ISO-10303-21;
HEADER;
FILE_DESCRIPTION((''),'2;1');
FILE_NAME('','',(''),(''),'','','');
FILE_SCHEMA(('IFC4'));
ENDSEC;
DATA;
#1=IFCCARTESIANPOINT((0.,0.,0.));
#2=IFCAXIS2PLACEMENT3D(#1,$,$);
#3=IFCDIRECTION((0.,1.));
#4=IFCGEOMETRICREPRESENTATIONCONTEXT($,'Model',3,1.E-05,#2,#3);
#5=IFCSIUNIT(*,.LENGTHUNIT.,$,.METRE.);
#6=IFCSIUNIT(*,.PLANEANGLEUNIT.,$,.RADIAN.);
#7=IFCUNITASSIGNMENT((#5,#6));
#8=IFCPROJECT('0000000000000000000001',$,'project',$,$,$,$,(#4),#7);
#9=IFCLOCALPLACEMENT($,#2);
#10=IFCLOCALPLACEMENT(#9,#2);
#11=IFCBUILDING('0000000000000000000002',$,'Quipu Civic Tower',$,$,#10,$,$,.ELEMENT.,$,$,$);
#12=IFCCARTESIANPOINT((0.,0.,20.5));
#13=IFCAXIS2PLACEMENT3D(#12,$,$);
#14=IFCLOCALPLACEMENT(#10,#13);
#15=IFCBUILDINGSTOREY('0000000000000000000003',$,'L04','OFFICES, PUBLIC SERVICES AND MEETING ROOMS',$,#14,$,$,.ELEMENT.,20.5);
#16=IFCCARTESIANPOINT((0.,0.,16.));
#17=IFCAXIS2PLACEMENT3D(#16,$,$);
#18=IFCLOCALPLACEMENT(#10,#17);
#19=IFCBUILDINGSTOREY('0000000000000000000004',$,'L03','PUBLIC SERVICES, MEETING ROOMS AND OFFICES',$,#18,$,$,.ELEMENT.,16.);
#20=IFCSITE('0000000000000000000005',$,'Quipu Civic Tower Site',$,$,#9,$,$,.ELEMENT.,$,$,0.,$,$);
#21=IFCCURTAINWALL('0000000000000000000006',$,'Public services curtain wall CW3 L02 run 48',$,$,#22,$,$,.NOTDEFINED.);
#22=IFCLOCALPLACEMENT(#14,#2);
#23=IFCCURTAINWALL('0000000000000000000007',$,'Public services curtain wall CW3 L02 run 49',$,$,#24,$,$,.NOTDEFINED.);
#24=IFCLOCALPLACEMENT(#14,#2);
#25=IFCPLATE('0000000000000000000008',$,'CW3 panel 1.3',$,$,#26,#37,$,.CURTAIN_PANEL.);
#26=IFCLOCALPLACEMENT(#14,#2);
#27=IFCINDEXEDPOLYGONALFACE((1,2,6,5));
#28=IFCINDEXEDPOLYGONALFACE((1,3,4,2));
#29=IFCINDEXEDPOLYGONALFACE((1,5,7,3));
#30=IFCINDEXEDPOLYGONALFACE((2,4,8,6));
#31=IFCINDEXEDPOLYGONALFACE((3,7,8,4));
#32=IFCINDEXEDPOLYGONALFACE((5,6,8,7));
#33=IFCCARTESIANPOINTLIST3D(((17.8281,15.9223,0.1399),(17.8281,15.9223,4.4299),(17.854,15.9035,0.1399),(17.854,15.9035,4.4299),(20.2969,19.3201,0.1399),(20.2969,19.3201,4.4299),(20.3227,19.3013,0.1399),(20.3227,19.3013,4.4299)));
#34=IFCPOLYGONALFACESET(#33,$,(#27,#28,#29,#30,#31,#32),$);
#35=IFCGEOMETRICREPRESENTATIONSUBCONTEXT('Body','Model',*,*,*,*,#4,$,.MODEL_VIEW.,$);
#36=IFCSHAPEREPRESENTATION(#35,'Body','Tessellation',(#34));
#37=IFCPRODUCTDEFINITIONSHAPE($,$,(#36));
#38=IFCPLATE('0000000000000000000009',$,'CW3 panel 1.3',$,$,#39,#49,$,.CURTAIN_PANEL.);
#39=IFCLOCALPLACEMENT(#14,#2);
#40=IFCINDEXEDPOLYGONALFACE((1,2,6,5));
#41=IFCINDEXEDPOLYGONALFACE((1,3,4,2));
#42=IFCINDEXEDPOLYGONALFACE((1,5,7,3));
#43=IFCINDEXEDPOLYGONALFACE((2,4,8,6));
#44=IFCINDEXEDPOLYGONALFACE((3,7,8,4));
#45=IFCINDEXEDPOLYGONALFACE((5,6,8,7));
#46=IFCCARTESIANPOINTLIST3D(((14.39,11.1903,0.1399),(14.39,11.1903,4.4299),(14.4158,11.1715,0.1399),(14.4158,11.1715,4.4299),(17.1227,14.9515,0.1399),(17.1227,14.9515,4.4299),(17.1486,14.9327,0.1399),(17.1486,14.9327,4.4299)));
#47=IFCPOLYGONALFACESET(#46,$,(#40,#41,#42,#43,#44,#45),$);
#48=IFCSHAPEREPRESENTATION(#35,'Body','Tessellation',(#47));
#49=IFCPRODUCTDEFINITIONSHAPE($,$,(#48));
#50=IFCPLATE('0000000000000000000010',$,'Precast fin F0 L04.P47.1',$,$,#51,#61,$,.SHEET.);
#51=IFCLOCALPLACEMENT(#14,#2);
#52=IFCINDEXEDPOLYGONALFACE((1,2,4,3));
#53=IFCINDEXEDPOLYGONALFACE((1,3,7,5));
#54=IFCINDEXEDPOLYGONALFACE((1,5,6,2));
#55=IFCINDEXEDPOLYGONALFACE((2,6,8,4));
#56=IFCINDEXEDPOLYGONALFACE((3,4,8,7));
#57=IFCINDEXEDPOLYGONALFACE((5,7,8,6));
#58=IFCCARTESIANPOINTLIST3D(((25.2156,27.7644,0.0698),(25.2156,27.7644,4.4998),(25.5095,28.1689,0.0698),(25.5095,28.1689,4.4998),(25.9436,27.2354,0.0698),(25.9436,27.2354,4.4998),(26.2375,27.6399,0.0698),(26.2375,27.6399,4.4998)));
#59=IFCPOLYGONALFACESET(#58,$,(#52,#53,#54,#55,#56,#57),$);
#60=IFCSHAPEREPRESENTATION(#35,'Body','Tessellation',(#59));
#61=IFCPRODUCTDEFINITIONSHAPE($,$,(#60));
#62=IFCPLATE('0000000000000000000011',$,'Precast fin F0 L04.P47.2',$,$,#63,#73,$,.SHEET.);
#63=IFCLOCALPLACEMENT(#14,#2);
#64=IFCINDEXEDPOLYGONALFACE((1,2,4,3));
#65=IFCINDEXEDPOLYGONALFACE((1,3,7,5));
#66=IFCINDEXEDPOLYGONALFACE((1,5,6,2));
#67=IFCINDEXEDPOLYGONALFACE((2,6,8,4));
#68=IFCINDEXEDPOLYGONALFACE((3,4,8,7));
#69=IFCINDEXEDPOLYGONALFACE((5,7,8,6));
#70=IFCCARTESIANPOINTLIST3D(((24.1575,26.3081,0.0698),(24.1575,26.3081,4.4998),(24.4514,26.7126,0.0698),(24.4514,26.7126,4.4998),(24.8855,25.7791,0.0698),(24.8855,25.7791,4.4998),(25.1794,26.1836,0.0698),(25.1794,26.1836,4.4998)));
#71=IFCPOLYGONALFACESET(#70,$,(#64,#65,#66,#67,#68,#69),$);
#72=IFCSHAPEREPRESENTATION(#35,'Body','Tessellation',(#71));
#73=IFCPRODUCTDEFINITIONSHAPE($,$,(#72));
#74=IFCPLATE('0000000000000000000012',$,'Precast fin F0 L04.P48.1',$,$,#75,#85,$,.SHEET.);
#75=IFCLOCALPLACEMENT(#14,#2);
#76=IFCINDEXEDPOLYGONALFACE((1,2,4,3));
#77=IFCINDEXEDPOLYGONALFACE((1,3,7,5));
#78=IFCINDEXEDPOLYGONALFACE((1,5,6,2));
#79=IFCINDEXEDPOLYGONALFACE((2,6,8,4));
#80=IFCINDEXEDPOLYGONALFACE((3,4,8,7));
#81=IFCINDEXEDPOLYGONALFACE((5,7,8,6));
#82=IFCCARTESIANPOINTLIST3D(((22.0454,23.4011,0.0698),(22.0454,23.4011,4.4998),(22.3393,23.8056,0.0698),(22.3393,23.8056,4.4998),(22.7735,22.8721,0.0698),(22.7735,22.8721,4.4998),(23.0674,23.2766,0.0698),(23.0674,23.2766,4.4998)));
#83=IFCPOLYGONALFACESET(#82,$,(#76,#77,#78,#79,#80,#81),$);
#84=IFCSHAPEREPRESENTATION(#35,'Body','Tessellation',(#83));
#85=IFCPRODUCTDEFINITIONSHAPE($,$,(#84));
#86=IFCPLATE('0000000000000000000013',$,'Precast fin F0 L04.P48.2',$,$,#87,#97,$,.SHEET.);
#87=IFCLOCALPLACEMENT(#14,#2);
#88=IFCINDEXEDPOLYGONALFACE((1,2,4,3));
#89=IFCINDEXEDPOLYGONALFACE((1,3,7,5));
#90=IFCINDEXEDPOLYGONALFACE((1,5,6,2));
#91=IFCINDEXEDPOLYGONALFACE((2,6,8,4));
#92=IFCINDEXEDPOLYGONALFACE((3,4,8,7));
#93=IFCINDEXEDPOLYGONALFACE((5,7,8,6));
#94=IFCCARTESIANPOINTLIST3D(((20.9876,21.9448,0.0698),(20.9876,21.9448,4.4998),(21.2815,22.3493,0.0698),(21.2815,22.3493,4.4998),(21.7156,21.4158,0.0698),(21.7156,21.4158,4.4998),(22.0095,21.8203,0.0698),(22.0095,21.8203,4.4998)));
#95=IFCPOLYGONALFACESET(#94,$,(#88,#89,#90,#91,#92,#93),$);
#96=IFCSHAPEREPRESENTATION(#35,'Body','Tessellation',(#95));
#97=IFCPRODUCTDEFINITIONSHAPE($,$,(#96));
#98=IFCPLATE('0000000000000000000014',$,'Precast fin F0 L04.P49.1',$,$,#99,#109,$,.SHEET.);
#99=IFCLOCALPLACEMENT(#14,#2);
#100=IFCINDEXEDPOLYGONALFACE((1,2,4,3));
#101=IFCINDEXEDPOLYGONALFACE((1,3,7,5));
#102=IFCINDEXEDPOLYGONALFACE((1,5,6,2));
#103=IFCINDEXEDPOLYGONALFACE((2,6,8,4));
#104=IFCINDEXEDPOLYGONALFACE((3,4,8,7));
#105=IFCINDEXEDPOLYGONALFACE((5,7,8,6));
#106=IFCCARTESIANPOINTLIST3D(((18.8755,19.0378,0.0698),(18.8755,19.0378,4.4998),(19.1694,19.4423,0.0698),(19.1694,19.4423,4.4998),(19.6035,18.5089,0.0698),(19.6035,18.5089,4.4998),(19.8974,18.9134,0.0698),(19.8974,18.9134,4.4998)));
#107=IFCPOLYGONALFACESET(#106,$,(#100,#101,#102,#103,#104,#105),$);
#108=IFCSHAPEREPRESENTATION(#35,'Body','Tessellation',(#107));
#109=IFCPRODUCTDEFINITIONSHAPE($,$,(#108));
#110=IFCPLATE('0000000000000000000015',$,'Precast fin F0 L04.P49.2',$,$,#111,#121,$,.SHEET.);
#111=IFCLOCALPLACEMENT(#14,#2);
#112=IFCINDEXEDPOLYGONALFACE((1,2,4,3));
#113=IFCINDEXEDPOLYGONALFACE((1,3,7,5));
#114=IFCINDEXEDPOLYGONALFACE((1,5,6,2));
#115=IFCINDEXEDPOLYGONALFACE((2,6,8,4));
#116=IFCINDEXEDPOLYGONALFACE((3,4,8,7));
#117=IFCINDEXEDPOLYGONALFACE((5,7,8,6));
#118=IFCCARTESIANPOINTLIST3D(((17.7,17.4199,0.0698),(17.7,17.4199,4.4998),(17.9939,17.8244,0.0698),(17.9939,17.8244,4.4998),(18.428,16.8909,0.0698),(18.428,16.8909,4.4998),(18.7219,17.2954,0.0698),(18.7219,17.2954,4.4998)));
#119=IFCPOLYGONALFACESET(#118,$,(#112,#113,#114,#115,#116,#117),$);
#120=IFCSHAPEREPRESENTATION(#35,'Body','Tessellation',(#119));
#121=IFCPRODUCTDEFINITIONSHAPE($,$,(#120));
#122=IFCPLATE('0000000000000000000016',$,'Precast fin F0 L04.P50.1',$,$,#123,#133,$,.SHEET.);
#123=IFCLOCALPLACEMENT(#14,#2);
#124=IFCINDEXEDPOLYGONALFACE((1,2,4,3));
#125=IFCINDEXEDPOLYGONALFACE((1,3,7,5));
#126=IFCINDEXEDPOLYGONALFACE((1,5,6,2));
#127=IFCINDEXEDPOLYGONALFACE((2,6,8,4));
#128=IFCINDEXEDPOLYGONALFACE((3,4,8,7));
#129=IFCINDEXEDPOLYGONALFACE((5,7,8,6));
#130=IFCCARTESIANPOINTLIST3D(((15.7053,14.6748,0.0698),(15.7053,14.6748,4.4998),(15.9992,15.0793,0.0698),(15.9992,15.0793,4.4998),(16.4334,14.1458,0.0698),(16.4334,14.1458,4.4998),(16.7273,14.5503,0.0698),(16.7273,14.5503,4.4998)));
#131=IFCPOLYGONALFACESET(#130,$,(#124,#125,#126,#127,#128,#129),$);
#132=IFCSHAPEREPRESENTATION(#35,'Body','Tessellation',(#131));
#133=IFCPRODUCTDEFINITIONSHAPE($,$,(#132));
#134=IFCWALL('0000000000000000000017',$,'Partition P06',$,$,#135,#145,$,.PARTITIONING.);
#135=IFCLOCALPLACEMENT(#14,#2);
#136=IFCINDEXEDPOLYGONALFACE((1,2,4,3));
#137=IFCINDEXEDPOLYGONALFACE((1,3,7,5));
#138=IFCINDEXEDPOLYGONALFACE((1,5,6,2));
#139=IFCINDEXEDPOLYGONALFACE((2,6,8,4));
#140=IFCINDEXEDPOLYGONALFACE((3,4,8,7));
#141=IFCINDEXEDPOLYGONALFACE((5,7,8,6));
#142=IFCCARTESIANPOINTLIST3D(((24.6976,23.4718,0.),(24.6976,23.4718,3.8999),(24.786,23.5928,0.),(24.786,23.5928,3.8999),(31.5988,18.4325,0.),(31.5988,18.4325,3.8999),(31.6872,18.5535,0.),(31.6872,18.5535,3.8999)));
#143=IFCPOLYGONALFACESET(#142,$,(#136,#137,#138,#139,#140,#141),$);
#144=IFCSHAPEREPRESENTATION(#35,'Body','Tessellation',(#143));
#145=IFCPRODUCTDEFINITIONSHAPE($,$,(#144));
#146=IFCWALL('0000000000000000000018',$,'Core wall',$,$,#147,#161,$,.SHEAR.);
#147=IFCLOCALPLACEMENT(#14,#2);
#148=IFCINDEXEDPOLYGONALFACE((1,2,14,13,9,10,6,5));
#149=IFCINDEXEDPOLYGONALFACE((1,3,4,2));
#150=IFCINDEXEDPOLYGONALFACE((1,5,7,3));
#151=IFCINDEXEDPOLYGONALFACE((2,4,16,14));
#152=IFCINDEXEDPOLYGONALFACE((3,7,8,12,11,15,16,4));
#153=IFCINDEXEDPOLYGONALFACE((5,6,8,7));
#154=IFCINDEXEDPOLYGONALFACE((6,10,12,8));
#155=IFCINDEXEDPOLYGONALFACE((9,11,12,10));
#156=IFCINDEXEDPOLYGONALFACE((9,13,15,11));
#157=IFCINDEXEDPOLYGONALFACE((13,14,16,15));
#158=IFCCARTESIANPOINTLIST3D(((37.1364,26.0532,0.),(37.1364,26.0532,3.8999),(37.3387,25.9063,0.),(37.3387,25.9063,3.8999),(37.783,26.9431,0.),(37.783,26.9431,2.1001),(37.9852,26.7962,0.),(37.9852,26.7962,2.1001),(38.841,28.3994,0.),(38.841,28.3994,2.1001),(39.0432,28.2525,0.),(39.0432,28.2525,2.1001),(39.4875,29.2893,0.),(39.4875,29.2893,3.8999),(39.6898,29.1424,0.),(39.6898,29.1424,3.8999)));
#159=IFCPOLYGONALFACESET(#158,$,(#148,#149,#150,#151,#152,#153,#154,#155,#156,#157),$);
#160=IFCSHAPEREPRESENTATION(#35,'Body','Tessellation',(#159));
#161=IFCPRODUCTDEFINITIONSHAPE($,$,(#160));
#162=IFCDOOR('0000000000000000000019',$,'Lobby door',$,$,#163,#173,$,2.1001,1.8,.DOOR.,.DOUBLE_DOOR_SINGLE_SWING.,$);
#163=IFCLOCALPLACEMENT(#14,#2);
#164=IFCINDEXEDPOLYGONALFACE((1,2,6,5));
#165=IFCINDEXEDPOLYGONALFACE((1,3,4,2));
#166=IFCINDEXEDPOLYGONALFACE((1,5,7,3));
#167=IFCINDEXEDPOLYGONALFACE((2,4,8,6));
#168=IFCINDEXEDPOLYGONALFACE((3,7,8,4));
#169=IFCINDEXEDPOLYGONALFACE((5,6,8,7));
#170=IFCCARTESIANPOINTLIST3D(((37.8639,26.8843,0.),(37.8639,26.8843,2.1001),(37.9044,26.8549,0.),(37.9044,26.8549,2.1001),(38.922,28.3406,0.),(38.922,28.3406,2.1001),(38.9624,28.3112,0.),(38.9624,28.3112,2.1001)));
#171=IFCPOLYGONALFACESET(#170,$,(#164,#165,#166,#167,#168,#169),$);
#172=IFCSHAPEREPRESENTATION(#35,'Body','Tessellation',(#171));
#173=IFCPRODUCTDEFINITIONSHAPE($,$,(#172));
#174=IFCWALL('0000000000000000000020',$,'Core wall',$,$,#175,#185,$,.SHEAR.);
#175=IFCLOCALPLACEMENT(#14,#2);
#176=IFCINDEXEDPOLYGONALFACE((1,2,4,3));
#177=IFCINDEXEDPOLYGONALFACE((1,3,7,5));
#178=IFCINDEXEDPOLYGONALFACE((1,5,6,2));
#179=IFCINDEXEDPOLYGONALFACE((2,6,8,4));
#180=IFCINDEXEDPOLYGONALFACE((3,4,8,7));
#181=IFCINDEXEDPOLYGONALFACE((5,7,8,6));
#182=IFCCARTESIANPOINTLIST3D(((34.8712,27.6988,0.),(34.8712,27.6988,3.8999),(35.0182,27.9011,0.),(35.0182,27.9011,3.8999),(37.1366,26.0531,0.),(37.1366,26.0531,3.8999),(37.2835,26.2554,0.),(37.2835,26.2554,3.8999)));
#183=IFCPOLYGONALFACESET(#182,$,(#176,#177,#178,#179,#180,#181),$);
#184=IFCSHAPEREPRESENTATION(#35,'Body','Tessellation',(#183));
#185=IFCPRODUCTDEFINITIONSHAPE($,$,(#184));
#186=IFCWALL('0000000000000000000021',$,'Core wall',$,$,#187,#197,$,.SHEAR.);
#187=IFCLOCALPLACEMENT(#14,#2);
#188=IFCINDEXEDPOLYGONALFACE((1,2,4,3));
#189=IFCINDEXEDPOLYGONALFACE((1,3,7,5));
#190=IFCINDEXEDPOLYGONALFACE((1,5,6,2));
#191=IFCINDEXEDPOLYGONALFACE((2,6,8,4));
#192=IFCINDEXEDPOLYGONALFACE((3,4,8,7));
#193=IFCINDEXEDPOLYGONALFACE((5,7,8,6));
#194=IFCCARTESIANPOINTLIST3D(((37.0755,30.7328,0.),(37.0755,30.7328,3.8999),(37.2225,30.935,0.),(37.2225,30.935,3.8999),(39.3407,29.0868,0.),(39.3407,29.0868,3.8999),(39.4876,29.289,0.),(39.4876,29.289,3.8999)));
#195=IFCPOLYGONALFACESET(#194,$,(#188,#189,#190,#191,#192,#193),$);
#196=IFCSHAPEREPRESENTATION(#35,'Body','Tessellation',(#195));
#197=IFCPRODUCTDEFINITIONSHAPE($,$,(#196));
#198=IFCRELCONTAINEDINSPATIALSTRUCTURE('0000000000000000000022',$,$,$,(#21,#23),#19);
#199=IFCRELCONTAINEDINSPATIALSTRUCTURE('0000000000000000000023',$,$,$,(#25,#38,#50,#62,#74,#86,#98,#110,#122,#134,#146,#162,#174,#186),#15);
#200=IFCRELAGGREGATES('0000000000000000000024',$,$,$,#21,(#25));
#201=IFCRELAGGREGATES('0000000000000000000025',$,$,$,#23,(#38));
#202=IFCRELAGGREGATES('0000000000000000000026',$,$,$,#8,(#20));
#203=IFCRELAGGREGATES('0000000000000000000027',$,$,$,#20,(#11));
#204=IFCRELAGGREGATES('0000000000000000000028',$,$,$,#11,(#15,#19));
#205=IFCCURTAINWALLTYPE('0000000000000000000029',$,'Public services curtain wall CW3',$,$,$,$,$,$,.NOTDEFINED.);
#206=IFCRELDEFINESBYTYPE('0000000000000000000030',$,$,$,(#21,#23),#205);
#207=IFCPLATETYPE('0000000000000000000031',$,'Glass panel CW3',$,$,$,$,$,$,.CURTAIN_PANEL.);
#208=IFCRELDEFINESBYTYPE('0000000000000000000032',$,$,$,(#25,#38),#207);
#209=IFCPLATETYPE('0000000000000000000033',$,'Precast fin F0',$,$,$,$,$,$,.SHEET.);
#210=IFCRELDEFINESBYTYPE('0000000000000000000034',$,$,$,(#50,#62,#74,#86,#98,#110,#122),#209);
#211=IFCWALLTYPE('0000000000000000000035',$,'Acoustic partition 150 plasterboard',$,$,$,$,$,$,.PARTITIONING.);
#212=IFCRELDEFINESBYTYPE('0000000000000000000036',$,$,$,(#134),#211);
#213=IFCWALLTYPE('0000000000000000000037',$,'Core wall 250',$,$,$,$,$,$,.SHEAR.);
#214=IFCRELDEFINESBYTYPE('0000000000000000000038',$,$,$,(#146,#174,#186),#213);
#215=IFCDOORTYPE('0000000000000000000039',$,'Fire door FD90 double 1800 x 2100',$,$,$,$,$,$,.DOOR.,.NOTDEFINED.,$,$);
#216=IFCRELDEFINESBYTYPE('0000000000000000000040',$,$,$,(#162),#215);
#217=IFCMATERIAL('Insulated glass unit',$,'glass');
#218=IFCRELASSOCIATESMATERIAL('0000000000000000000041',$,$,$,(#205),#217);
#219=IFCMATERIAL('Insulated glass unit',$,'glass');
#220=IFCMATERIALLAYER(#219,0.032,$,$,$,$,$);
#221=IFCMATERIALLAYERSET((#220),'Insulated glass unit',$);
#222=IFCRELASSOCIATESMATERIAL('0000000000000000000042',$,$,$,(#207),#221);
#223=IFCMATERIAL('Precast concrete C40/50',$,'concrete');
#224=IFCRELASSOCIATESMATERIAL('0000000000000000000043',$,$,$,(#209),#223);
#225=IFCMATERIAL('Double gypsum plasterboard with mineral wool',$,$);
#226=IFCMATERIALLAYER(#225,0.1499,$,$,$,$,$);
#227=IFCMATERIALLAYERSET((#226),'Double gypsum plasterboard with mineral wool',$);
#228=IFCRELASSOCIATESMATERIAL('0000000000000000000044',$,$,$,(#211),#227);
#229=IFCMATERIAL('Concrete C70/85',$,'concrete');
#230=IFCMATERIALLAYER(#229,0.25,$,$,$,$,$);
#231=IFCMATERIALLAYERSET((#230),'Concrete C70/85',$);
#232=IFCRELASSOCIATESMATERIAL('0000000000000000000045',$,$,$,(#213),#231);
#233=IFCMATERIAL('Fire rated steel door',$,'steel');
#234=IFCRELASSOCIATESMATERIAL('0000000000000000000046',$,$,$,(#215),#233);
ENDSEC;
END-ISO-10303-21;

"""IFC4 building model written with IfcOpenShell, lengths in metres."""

from ifc_helpers import new_model, si_unit, direction, frame, frame_2d, origin, origin_2d, place, context, subcontext, project, spatial, rectangle, extrude, material, layer, layer_set, type_object, element, fill, aggregate, save


model = new_model("IFC4")

# Units and contexts
model_context = context("Model", 3, precision=1e-05, world=origin(), true_north=direction((0.0, 1.0)))
body_context = subcontext(model_context, "Body", "Model", "MODEL_VIEW")
ifc_project = project(units=[si_unit("LENGTHUNIT", "METRE"), si_unit("PLANEANGLEUNIT", "RADIAN")], contexts=[model_context])

# Site, building, storey
site_placement = place(None, origin())
site = spatial("IfcSite", under=ifc_project, at=site_placement, Name="Quipu Civic Tower Site", CompositionType="ELEMENT", RefElevation=0.0)
building_placement = place(site_placement, origin())
building = spatial("IfcBuilding", under=site, at=building_placement, Name="Quipu Civic Tower", CompositionType="ELEMENT")
storey_1_placement = place(building_placement, frame((0.0, 0.0, 20.5)))
storey_1 = spatial("IfcBuildingStorey", under=building, at=storey_1_placement, Name="L04", Description="OFFICES, PUBLIC SERVICES AND MEETING ROOMS", CompositionType="ELEMENT", Elevation=20.5)

# Shared definitions
storey_2_placement = place(building_placement, frame((0.0, 0.0, 16.0)))
storey_2 = spatial("IfcBuildingStorey", under=building, at=storey_2_placement, Name="L03", Description="PUBLIC SERVICES, MEETING ROOMS AND OFFICES", CompositionType="ELEMENT", Elevation=16.0)

# Curtain walls
ifc_material_1 = material(Name="Insulated glass unit", Category="glass")
curtain_wall_type = type_object("IfcCurtainWallType", Name="Public services curtain wall CW3", PredefinedType="NOTDEFINED", material=ifc_material_1)
curtain_wall_1_placement = place(storey_2_placement, origin())
curtain_wall_1 = element("IfcCurtainWall", 1, at=curtain_wall_1_placement, inside=storey_2, type_object=curtain_wall_type, Name="Public services curtain wall CW3 L02 run 48", PredefinedType="NOTDEFINED")
curtain_wall_2_placement = place(storey_2_placement, origin())
curtain_wall_2 = element("IfcCurtainWall", 2, at=curtain_wall_2_placement, inside=storey_2, type_object=curtain_wall_type, Name="Public services curtain wall CW3 L02 run 49", PredefinedType="NOTDEFINED")

# Plates
ifc_material_2 = material(Name="Insulated glass unit", Category="glass")
ifc_layer_1 = layer(ifc_material_2, 0.032)
ifc_layer_set_1 = layer_set([ifc_layer_1], Name="Insulated glass unit")
plate_type_1 = type_object("IfcPlateType", Name="Glass panel CW3", PredefinedType="CURTAIN_PANEL", material=ifc_layer_set_1)
plate_1_placement = place(storey_1_placement, frame((19.0754, 17.6118, 0.1399), z_axis=(0.0, 0.0, 1.0), x_axis=(-0.5878, -0.809006, 0.0)))
plate_1 = element("IfcPlate", 3, at=plate_1_placement, inside=storey_1, type_object=plate_type_1, Name="CW3 panel 1.3", PredefinedType="CURTAIN_PANEL", context=body_context, shape_type="SweptSolid", body=[
    extrude(rectangle(XDim=4.2, YDim=0.032, at=origin_2d()), origin(), (0.0, 0.0, 1.0), 4.29),
])
aggregate(curtain_wall_1, [plate_1])
plate_2_placement = place(storey_1_placement, frame((15.7693, 13.0615, 0.1399), z_axis=(0.0, 0.0, 1.0), x_axis=(-0.587795, -0.80901, 0.0)))
plate_2 = element("IfcPlate", 4, at=plate_2_placement, inside=storey_1, type_object=plate_type_1, Name="CW3 panel 1.3", PredefinedType="CURTAIN_PANEL", context=body_context, shape_type="SweptSolid", body=[
    extrude(rectangle(XDim=4.6492, YDim=0.032, at=origin_2d()), origin(), (0.0, 0.0, 1.0), 4.29),
])
aggregate(curtain_wall_2, [plate_2])

# Plates
ifc_material_3 = material(Name="Precast concrete C40/50", Category="concrete")
plate_type_2 = type_object("IfcPlateType", Name="Precast fin F0", PredefinedType="SHEET", material=ifc_material_3)
for number, where, z_axis, x_axis, name in (
    (5, (25.7266, 27.7021, 0.0698), (0.0, 0.0, 1.0), (-0.587785, -0.809017, 0.0), "Precast fin F0 L04.P47.1"),
    (6, (24.6685, 26.2458, 0.0698), (0.0, 0.0, 1.0), (-0.587785, -0.809017, 0.0), "Precast fin F0 L04.P47.2"),
    (7, (22.5564, 23.3389, 0.0698), (0.0, 0.0, 1.0), (-0.587785, -0.809017, 0.0), "Precast fin F0 L04.P48.1"),
    (8, (21.4985, 21.8826, 0.0698), (0.0, 0.0, 1.0), (-0.587785, -0.809017, 0.0), "Precast fin F0 L04.P48.2"),
    (9, (19.3865, 18.9756, 0.0698), (0.0, 0.0, 1.0), (-0.587785, -0.809017, 0.0), "Precast fin F0 L04.P49.1"),
    (10, (18.2109, 17.3577, 0.0698), (0.0, 0.0, 1.0), (-0.587785, -0.809017, 0.0), "Precast fin F0 L04.P49.2"),
    (11, (16.2163, 14.6125, 0.0698), (0.0, 0.0, 1.0), (-0.587785, -0.809017, 0.0), "Precast fin F0 L04.P50.1"),
):
    element("IfcPlate", number, at=place(storey_1_placement, frame(where, z_axis=z_axis, x_axis=x_axis)), inside=storey_1, type_object=plate_type_2, Name=name, PredefinedType="SHEET", context=body_context, shape_type="SweptSolid", body=[
        extrude(rectangle(XDim=0.5, YDim=0.8999, at=origin_2d()), origin(), (0.0, 0.0, 1.0), 4.4299),
    ])

# Wall
ifc_material_4 = material(Name="Double gypsum plasterboard with mineral wool")
ifc_layer_2 = layer(ifc_material_4, 0.1499)
ifc_layer_set_2 = layer_set([ifc_layer_2], Name="Double gypsum plasterboard with mineral wool")
wall_type_1 = type_object("IfcWallType", Name="Acoustic partition 150 plasterboard", PredefinedType="PARTITIONING", material=ifc_layer_set_2)
wall_1_placement = place(storey_1_placement, frame((24.7419, 23.5322, 0.0), z_axis=(0.0, 0.0, 1.0), x_axis=(0.807604, -0.589725, 0.0)))
element("IfcWall", 12, at=wall_1_placement, inside=storey_1, type_object=wall_type_1, Name="Partition P06", PredefinedType="PARTITIONING", context=body_context, shape_type="SweptSolid", body=[
    extrude(rectangle(XDim=8.5452, YDim=0.1499, at=frame_2d((4.2725, 0.0))), origin(), (0.0, 0.0, 1.0), 3.8999),
])

# Wall, opening, door
ifc_material_5 = material(Name="Concrete C70/85", Category="concrete")
ifc_layer_3 = layer(ifc_material_5, 0.25)
ifc_layer_set_3 = layer_set([ifc_layer_3], Name="Concrete C70/85")
wall_type_2 = type_object("IfcWallType", Name="Core wall 250", PredefinedType="SHEAR", material=ifc_layer_set_3)
wall_2_placement = place(storey_1_placement, frame((37.2375, 25.9797, 0.0), z_axis=(0.0, 0.0, 1.0), x_axis=(0.587772, 0.809026, 0.0)))
wall_2 = element("IfcWall", 13, at=wall_2_placement, inside=storey_1, type_object=wall_type_2, Name="Core wall", PredefinedType="SHEAR", context=body_context, shape_type="SweptSolid", body=[
    extrude(rectangle(XDim=4.0, YDim=0.25, at=frame_2d((2.0, 0.0))), origin(), (0.0, 0.0, 1.0), 3.8999),
])
opening_1_placement = place(wall_2_placement, frame((1.1001, 0.0, 0.0)))
opening_1 = element("IfcOpeningElement", 14, at=opening_1_placement, cuts=wall_2, PredefinedType="OPENING", context=body_context, shape_type="SweptSolid", body=[
    extrude(rectangle(XDim=1.8, YDim=2.1001, at=frame_2d((0.8999, 1.05))), frame((0.0, 0.135, 0.0), z_axis=(0.0, -1.0, 0.0), x_axis=(1.0, 0.0, 0.0)), (0.0, 0.0, 1.0), 0.27),
])
ifc_material_6 = material(Name="Fire rated steel door", Category="steel")
door_type = type_object("IfcDoorType", Name="Fire door FD90 double 1800 x 2100", OperationType="NOTDEFINED", PredefinedType="DOOR", material=ifc_material_6)
door_1_placement = place(opening_1_placement, origin())
door_1 = element("IfcDoor", 15, at=door_1_placement, inside=storey_1, type_object=door_type, Name="Lobby door", OperationType="DOUBLE_DOOR_SINGLE_SWING", OverallHeight=2.1001, OverallWidth=1.8, PredefinedType="DOOR", context=body_context, shape_type="SweptSolid", body=[
    extrude(rectangle(XDim=1.8, YDim=2.1001, at=frame_2d((0.8999, 1.05))), frame((0.0, 0.0249, 0.0), z_axis=(0.0, -1.0, 0.0), x_axis=(1.0, 0.0, 0.0)), (0.0, 0.0, 1.0), 0.05),
])
fill(opening_1, door_1)

# Walls
for number, where, z_axis, x_axis, name in (
    (16, (37.21, 26.1543, 0.0), (0.0, 0.0, 1.0), (-0.809041, 0.587752, 0.0), "Core wall"),
    (17, (39.4141, 29.188, 0.0), (0.0, 0.0, 1.0), (-0.80897, 0.58785, 0.0), "Core wall"),
):
    element("IfcWall", number, at=place(storey_1_placement, frame(where, z_axis=z_axis, x_axis=x_axis)), inside=storey_1, type_object=wall_type_2, Name=name, PredefinedType="SHEAR", context=body_context, shape_type="SweptSolid", body=[
        extrude(rectangle(XDim=2.8, YDim=0.25, at=frame_2d((1.3999, 0.0))), origin(), (0.0, 0.0, 1.0), 3.8999),
    ])

save(model, "model.ifc")
